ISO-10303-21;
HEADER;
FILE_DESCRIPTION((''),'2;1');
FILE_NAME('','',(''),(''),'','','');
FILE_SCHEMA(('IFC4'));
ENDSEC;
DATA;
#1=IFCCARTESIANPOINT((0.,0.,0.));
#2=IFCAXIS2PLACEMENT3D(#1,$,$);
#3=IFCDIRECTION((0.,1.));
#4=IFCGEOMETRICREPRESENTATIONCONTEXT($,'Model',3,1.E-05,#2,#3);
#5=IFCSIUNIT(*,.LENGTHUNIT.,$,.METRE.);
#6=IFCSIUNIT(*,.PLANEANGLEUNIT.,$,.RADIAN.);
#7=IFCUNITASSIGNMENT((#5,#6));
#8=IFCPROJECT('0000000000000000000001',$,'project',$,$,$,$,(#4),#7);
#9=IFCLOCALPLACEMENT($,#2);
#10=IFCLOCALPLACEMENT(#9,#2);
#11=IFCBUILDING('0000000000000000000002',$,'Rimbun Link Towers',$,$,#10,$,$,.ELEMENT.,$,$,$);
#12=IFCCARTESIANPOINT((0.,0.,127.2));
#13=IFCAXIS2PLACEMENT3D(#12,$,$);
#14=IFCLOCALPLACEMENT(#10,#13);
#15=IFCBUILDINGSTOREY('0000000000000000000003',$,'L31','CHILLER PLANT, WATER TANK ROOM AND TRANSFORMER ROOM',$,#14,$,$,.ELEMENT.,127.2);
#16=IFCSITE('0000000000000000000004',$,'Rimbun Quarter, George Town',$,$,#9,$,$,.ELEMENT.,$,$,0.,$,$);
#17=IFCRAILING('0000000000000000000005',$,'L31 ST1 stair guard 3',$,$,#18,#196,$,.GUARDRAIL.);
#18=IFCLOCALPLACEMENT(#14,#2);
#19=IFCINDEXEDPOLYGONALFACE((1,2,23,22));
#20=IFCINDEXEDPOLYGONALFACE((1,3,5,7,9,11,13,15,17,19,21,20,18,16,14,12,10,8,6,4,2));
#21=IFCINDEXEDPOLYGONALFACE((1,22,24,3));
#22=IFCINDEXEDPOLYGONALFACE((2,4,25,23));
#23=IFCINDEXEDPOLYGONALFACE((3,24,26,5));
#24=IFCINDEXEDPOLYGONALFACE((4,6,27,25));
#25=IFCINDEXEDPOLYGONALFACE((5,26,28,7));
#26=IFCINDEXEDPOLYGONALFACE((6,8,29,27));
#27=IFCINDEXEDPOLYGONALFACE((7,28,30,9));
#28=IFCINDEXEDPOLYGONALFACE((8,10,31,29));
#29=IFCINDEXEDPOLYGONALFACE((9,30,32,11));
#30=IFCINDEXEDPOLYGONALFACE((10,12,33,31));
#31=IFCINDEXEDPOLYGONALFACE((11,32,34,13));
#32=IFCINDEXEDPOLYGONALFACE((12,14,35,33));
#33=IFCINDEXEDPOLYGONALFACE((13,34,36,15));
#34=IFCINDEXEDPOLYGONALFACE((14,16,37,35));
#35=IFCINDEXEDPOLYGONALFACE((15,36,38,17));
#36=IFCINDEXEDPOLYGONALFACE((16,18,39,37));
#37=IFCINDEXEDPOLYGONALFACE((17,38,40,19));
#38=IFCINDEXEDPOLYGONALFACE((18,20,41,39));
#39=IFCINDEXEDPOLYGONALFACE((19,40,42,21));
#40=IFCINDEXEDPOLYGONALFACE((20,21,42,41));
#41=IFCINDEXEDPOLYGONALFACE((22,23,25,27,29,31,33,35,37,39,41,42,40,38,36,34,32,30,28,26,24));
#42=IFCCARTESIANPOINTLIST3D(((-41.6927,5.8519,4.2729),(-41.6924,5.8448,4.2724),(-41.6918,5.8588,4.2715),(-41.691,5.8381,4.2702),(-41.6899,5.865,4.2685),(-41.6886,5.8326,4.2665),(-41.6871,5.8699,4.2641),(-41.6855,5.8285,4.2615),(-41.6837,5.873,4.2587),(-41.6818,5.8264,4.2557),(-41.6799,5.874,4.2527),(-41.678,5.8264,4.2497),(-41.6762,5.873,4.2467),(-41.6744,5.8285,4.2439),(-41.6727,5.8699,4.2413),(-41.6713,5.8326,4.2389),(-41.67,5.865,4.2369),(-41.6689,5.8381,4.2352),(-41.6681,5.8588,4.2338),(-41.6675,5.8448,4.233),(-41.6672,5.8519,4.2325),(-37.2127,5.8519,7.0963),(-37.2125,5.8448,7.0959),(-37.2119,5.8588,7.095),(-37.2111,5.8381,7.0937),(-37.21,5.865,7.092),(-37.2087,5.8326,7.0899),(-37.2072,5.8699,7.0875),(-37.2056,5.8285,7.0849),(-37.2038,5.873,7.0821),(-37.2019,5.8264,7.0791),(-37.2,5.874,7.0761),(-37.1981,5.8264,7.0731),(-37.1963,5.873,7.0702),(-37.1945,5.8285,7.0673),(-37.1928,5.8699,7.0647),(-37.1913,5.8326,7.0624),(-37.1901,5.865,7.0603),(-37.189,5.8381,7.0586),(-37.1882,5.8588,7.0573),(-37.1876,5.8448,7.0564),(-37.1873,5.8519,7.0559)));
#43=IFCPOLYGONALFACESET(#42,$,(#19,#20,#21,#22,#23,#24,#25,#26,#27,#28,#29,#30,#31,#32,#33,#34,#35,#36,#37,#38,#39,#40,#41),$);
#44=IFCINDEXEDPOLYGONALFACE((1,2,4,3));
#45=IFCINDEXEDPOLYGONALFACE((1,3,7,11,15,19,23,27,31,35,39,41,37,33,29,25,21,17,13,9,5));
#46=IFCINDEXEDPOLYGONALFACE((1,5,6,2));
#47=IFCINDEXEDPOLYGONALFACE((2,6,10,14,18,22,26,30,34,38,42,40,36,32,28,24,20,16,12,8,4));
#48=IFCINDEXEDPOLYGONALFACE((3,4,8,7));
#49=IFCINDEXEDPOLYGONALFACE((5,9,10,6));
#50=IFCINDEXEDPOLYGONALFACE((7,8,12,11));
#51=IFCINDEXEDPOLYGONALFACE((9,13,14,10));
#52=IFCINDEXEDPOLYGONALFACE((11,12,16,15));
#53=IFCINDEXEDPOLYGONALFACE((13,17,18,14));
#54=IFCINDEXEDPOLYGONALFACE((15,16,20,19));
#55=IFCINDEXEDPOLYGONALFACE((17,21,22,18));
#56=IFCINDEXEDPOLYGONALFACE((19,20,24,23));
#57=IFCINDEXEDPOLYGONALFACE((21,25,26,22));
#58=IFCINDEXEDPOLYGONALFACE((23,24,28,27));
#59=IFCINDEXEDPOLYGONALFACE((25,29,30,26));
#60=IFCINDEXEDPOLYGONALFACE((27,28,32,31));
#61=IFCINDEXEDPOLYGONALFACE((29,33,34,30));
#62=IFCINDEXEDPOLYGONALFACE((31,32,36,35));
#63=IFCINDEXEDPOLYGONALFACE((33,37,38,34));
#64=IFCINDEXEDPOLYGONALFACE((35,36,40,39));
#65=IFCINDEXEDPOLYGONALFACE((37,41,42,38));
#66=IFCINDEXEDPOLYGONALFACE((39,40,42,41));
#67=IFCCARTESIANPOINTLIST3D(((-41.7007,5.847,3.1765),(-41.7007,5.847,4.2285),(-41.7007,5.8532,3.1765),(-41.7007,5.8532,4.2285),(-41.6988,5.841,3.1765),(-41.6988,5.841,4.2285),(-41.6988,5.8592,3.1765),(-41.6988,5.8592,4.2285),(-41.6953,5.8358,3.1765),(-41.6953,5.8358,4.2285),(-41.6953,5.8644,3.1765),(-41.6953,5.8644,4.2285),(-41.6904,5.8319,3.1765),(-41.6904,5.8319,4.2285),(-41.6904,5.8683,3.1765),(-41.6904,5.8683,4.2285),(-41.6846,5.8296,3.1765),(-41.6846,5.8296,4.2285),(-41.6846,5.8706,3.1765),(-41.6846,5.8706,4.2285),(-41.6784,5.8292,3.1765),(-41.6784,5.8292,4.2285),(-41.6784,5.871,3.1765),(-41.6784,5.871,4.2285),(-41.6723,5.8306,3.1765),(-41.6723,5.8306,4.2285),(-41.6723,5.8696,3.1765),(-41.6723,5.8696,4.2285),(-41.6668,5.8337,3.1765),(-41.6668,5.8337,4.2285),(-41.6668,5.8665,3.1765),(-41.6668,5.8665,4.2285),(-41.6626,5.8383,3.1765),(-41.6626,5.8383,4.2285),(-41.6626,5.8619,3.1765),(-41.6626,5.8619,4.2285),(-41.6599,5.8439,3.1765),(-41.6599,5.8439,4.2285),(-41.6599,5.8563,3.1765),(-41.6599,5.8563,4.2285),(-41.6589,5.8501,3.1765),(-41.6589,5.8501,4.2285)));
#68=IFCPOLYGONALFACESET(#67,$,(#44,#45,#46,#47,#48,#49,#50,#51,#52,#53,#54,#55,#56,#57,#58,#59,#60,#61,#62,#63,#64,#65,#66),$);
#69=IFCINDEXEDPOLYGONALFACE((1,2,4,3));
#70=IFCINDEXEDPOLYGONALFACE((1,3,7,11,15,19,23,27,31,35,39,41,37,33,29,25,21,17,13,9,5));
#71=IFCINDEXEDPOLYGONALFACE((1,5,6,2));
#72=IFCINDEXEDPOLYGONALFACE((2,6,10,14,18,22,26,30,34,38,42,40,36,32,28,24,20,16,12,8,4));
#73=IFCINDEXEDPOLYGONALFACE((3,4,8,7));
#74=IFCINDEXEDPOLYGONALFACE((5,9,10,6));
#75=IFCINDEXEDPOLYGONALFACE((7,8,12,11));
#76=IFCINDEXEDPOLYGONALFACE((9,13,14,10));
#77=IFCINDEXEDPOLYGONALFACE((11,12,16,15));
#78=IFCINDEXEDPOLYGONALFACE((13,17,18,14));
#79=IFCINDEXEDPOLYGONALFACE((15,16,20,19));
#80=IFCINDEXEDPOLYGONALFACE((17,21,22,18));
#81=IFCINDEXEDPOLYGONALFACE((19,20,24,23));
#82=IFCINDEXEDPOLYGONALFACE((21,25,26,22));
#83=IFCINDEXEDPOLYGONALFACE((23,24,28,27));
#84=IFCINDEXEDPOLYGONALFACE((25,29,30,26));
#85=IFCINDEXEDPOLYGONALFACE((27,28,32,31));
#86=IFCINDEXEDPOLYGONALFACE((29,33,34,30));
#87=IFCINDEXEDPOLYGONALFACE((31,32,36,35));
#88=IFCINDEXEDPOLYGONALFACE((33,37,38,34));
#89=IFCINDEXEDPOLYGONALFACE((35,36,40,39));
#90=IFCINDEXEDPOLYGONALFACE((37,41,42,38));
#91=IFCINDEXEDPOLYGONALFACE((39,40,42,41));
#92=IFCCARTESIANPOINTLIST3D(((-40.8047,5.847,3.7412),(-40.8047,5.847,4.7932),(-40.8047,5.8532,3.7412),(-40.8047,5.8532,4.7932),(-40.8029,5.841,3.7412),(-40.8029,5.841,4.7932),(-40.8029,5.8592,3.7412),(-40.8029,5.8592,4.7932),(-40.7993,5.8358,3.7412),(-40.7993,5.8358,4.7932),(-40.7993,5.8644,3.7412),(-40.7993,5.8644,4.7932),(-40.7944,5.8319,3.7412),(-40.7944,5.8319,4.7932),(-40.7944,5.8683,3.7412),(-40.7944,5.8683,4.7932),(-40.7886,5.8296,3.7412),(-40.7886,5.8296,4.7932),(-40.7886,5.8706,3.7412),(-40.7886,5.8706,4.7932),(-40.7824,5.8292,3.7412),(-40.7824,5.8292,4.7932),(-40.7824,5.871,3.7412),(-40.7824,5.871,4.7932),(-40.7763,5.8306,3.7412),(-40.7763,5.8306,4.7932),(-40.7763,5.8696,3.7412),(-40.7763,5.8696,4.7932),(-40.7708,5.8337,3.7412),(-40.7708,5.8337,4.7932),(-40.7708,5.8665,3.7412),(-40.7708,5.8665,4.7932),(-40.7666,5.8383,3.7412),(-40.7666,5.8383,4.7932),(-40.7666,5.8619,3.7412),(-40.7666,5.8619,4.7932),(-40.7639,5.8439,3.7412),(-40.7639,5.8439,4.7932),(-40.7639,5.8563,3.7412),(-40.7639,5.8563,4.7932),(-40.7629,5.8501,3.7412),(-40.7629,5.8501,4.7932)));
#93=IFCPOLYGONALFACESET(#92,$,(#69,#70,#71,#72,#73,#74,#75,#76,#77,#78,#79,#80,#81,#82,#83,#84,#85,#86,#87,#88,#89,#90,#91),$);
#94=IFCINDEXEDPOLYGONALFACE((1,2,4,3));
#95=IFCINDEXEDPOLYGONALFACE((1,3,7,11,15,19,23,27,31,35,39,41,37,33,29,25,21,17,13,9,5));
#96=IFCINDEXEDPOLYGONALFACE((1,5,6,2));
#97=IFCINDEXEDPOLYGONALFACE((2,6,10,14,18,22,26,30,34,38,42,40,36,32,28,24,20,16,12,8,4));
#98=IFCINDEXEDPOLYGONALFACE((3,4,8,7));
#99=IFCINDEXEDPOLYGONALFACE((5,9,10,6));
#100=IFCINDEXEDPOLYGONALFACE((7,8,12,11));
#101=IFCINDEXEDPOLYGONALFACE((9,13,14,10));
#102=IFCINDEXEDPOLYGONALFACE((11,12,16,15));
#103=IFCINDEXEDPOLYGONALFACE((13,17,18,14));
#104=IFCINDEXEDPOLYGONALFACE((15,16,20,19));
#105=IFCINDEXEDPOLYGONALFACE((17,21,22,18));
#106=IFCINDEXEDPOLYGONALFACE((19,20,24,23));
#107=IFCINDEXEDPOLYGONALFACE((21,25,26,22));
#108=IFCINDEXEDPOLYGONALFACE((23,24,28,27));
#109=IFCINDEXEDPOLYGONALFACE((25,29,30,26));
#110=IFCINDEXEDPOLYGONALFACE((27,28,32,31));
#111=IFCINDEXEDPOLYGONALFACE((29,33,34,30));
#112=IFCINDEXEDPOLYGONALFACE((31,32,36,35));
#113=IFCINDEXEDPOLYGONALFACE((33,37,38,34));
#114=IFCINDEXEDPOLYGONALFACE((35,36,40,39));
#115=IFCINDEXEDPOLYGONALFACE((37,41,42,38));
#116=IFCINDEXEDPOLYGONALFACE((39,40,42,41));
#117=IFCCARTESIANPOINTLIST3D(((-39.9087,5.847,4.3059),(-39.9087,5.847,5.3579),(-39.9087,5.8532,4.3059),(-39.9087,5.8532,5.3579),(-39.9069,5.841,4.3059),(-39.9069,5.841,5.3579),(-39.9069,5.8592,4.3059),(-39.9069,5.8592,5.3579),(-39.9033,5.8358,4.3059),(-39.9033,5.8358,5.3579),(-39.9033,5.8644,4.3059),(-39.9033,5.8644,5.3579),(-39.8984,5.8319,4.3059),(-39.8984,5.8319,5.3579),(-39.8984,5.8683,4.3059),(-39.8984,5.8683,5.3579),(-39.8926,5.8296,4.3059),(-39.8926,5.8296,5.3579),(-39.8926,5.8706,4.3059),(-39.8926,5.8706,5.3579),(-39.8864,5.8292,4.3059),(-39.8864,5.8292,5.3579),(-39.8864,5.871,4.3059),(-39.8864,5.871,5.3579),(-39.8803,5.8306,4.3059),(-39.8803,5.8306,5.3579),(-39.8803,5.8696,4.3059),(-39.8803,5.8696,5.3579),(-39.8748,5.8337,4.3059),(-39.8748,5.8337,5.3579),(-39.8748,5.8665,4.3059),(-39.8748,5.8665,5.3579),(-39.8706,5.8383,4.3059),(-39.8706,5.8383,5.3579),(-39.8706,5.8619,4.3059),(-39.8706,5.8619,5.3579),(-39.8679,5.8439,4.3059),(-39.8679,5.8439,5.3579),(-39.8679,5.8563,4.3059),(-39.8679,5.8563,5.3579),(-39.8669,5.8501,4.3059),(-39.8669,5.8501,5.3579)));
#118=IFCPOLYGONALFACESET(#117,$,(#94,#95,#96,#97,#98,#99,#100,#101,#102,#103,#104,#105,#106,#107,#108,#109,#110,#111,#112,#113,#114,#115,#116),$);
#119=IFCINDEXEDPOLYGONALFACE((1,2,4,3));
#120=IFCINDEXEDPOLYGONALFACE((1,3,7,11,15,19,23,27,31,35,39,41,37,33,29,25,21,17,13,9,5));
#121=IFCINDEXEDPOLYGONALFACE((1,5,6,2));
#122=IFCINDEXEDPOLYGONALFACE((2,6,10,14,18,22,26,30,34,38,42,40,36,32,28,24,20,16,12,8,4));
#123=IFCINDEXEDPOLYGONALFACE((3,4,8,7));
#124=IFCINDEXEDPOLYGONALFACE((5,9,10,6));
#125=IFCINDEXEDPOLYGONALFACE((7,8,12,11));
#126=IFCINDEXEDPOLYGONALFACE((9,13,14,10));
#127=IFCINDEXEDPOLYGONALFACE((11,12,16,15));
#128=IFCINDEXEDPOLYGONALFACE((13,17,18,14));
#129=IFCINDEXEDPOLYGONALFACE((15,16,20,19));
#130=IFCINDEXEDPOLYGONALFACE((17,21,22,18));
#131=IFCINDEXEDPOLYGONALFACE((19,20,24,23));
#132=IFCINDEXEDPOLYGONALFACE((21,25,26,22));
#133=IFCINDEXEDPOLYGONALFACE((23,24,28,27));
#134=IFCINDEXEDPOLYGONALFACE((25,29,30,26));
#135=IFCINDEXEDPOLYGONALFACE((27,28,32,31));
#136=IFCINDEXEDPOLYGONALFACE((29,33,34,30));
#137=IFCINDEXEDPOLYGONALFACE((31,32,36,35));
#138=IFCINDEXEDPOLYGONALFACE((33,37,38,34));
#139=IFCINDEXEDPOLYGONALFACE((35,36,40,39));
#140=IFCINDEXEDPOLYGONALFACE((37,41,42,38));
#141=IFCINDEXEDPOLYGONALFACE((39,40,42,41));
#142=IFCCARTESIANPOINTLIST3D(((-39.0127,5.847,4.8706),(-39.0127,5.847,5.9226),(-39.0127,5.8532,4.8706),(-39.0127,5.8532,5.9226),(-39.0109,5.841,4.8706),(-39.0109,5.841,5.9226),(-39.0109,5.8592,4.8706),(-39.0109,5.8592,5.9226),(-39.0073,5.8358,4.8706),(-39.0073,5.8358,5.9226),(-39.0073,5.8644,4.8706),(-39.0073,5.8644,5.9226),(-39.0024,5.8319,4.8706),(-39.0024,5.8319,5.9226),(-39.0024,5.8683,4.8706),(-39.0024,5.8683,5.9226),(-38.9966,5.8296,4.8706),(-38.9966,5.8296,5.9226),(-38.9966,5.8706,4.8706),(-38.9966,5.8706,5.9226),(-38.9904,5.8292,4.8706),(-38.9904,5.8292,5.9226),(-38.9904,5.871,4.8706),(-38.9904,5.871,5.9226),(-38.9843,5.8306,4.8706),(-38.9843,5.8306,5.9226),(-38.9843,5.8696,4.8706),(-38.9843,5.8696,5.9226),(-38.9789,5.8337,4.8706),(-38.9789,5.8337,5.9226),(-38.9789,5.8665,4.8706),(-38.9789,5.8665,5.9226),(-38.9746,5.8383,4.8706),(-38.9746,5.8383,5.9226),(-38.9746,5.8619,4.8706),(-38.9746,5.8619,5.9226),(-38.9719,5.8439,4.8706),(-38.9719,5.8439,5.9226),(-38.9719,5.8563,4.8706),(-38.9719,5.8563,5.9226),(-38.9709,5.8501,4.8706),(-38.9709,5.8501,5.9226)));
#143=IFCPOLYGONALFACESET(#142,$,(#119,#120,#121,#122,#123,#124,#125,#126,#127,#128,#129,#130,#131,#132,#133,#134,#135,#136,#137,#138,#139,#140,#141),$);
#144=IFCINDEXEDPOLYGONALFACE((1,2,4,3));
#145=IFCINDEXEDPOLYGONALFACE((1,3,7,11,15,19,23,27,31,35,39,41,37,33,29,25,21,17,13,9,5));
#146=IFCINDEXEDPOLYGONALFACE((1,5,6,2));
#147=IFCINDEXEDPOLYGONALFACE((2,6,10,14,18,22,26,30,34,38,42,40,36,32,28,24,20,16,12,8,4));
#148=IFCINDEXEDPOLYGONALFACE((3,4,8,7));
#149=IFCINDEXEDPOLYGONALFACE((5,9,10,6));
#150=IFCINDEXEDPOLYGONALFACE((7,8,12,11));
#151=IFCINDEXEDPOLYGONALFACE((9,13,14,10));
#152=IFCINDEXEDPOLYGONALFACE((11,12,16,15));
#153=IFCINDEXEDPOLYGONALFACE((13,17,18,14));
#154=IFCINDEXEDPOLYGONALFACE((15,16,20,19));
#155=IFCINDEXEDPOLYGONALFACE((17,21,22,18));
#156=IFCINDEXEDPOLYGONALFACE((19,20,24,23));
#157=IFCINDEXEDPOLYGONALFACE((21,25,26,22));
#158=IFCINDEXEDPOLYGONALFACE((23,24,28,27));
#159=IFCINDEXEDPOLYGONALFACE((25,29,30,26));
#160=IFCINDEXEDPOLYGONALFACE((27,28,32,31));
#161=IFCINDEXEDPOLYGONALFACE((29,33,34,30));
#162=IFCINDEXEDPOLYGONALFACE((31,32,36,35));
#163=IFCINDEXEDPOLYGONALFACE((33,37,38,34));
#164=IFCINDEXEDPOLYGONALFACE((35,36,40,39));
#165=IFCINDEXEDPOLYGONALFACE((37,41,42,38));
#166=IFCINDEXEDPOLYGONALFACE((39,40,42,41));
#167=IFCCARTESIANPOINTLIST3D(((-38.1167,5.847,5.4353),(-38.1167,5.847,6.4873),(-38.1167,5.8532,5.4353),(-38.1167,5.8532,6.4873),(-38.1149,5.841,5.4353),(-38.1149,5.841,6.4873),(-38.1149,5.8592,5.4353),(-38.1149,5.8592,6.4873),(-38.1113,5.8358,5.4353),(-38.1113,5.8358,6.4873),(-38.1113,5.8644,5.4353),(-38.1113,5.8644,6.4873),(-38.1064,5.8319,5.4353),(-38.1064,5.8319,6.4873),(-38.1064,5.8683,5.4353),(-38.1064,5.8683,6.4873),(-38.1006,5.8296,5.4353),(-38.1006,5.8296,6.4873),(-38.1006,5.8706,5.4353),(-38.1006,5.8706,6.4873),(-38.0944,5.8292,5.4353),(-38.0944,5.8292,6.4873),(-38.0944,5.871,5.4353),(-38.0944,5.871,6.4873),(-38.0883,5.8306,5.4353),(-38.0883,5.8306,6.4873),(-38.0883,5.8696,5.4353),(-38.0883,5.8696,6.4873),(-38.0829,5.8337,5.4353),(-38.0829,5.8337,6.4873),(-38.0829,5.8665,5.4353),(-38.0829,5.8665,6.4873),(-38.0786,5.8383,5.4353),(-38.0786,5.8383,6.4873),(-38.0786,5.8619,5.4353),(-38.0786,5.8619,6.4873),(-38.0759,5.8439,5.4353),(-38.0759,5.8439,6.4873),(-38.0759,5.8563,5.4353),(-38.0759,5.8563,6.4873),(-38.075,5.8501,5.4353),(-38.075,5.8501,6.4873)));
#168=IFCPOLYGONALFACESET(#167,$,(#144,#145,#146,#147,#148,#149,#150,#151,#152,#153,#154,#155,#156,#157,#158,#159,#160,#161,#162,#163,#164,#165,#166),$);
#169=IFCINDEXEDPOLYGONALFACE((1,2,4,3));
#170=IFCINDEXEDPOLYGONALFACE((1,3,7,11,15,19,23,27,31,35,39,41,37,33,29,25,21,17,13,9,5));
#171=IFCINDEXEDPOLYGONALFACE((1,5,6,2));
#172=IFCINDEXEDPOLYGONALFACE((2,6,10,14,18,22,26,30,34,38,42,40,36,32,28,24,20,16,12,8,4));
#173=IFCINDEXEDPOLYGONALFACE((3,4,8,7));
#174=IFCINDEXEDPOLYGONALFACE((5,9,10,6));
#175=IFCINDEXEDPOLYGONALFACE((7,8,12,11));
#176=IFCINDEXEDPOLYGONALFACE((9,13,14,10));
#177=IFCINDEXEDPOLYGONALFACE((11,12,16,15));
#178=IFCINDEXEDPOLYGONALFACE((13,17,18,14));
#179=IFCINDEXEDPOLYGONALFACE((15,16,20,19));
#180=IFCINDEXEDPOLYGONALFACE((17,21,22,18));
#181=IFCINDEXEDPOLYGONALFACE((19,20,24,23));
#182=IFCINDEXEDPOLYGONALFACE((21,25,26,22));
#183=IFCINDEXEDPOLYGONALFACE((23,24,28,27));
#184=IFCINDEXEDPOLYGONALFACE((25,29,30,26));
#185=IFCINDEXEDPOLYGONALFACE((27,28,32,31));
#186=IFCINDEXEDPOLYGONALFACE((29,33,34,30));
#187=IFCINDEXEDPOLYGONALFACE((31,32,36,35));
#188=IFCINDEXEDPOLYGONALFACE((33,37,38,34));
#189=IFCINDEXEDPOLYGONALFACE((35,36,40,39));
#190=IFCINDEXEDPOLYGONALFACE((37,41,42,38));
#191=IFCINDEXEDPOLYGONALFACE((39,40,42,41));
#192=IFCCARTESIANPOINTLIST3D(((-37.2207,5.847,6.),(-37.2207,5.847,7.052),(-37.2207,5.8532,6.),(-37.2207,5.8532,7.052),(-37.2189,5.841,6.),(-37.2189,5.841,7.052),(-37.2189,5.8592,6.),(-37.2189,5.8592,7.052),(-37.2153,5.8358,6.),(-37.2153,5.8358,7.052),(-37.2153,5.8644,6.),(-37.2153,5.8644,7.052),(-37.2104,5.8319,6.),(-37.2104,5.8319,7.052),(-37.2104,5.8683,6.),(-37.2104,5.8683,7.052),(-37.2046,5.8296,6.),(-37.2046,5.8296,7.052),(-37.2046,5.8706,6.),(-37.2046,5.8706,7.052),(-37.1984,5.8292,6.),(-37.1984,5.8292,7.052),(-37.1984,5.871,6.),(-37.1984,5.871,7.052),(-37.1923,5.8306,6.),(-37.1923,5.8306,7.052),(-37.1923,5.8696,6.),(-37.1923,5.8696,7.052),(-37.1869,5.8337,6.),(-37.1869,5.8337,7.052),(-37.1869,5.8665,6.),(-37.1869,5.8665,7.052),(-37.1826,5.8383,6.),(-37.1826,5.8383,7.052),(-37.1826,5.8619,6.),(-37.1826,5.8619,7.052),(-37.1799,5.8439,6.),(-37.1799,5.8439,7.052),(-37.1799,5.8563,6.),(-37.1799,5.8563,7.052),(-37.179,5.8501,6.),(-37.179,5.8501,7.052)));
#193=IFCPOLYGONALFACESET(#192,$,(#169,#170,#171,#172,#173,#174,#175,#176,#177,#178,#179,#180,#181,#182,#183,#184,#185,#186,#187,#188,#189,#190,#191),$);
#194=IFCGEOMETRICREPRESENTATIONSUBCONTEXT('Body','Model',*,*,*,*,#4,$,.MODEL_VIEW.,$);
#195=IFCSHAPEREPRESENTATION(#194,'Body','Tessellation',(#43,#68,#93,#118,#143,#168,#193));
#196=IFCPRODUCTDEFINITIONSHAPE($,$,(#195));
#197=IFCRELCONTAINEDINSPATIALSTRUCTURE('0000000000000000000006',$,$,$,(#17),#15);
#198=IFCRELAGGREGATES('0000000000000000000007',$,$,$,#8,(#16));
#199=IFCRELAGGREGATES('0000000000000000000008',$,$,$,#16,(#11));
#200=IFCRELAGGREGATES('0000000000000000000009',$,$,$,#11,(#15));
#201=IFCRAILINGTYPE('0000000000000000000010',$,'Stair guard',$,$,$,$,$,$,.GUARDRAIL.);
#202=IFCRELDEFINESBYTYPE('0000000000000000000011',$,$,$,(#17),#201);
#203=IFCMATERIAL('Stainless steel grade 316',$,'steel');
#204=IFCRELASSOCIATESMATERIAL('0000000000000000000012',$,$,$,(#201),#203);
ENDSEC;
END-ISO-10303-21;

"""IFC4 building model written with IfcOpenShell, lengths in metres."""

from ifc_helpers import new_model, si_unit, direction, frame, origin, origin_2d, place, context, subcontext, project, spatial, circle, extrude, material, type_object, element, save


model = new_model("IFC4")

# Units and contexts
model_context = context("Model", 3, precision=1e-05, world=origin(), true_north=direction((0.0, 1.0)))
body_context = subcontext(model_context, "Body", "Model", "MODEL_VIEW")
ifc_project = project(units=[si_unit("LENGTHUNIT", "METRE"), si_unit("PLANEANGLEUNIT", "RADIAN")], contexts=[model_context])

# Site, building, storey
site_placement = place(None, origin())
site = spatial("IfcSite", under=ifc_project, at=site_placement, Name="Rimbun Quarter, George Town", CompositionType="ELEMENT", RefElevation=0.0)
building_placement = place(site_placement, origin())
building = spatial("IfcBuilding", under=site, at=building_placement, Name="Rimbun Link Towers", CompositionType="ELEMENT")
storey_placement = place(building_placement, frame((0.0, 0.0, 127.2)))
storey = spatial("IfcBuildingStorey", under=building, at=storey_placement, Name="L31", Description="CHILLER PLANT, WATER TANK ROOM AND TRANSFORMER ROOM", CompositionType="ELEMENT", Elevation=127.2)

# Railing
ifc_material_1 = material(Name="Stainless steel grade 316", Category="steel")
railing_type_1 = type_object("IfcRailingType", Name="Stair guard", PredefinedType="GUARDRAIL", material=ifc_material_1)
railing_1_placement = place(storey_placement, frame((-41.6799, 5.8501, 3.1765)))
element("IfcRailing", 1, at=railing_1_placement, inside=storey, type_object=railing_type_1, Name="L31 ST1 stair guard 3", PredefinedType="GUARDRAIL", context=body_context, shape_type="SweptSolid", body=[
    extrude(circle(Radius=0.0239, at=origin_2d()), frame((0.0, 0.0, 1.0762), z_axis=(0.845998, 0.0, 0.533186), x_axis=(0.0, 1.0, 0.0)), (0.0, 0.0, 1.0), 5.2954),
    extrude(circle(Radius=0.021, at=origin_2d()), origin(), (0.0, 0.0, 1.0), 1.052),
    extrude(circle(Radius=0.021, at=origin_2d()), frame((0.896, 0.0, 0.5647)), (0.0, 0.0, 1.0), 1.052),
    extrude(circle(Radius=0.021, at=origin_2d()), frame((1.792, 0.0, 1.1294)), (0.0, 0.0, 1.0), 1.052),
    extrude(circle(Radius=0.021, at=origin_2d()), frame((2.688, 0.0, 1.6941)), (0.0, 0.0, 1.0), 1.052),
    extrude(circle(Radius=0.021, at=origin_2d()), frame((3.584, 0.0, 2.2588)), (0.0, 0.0, 1.0), 1.052),
    extrude(circle(Radius=0.021, at=origin_2d()), frame((4.48, 0.0, 2.8235)), (0.0, 0.0, 1.0), 1.052),
])

save(model, "model.ifc")
